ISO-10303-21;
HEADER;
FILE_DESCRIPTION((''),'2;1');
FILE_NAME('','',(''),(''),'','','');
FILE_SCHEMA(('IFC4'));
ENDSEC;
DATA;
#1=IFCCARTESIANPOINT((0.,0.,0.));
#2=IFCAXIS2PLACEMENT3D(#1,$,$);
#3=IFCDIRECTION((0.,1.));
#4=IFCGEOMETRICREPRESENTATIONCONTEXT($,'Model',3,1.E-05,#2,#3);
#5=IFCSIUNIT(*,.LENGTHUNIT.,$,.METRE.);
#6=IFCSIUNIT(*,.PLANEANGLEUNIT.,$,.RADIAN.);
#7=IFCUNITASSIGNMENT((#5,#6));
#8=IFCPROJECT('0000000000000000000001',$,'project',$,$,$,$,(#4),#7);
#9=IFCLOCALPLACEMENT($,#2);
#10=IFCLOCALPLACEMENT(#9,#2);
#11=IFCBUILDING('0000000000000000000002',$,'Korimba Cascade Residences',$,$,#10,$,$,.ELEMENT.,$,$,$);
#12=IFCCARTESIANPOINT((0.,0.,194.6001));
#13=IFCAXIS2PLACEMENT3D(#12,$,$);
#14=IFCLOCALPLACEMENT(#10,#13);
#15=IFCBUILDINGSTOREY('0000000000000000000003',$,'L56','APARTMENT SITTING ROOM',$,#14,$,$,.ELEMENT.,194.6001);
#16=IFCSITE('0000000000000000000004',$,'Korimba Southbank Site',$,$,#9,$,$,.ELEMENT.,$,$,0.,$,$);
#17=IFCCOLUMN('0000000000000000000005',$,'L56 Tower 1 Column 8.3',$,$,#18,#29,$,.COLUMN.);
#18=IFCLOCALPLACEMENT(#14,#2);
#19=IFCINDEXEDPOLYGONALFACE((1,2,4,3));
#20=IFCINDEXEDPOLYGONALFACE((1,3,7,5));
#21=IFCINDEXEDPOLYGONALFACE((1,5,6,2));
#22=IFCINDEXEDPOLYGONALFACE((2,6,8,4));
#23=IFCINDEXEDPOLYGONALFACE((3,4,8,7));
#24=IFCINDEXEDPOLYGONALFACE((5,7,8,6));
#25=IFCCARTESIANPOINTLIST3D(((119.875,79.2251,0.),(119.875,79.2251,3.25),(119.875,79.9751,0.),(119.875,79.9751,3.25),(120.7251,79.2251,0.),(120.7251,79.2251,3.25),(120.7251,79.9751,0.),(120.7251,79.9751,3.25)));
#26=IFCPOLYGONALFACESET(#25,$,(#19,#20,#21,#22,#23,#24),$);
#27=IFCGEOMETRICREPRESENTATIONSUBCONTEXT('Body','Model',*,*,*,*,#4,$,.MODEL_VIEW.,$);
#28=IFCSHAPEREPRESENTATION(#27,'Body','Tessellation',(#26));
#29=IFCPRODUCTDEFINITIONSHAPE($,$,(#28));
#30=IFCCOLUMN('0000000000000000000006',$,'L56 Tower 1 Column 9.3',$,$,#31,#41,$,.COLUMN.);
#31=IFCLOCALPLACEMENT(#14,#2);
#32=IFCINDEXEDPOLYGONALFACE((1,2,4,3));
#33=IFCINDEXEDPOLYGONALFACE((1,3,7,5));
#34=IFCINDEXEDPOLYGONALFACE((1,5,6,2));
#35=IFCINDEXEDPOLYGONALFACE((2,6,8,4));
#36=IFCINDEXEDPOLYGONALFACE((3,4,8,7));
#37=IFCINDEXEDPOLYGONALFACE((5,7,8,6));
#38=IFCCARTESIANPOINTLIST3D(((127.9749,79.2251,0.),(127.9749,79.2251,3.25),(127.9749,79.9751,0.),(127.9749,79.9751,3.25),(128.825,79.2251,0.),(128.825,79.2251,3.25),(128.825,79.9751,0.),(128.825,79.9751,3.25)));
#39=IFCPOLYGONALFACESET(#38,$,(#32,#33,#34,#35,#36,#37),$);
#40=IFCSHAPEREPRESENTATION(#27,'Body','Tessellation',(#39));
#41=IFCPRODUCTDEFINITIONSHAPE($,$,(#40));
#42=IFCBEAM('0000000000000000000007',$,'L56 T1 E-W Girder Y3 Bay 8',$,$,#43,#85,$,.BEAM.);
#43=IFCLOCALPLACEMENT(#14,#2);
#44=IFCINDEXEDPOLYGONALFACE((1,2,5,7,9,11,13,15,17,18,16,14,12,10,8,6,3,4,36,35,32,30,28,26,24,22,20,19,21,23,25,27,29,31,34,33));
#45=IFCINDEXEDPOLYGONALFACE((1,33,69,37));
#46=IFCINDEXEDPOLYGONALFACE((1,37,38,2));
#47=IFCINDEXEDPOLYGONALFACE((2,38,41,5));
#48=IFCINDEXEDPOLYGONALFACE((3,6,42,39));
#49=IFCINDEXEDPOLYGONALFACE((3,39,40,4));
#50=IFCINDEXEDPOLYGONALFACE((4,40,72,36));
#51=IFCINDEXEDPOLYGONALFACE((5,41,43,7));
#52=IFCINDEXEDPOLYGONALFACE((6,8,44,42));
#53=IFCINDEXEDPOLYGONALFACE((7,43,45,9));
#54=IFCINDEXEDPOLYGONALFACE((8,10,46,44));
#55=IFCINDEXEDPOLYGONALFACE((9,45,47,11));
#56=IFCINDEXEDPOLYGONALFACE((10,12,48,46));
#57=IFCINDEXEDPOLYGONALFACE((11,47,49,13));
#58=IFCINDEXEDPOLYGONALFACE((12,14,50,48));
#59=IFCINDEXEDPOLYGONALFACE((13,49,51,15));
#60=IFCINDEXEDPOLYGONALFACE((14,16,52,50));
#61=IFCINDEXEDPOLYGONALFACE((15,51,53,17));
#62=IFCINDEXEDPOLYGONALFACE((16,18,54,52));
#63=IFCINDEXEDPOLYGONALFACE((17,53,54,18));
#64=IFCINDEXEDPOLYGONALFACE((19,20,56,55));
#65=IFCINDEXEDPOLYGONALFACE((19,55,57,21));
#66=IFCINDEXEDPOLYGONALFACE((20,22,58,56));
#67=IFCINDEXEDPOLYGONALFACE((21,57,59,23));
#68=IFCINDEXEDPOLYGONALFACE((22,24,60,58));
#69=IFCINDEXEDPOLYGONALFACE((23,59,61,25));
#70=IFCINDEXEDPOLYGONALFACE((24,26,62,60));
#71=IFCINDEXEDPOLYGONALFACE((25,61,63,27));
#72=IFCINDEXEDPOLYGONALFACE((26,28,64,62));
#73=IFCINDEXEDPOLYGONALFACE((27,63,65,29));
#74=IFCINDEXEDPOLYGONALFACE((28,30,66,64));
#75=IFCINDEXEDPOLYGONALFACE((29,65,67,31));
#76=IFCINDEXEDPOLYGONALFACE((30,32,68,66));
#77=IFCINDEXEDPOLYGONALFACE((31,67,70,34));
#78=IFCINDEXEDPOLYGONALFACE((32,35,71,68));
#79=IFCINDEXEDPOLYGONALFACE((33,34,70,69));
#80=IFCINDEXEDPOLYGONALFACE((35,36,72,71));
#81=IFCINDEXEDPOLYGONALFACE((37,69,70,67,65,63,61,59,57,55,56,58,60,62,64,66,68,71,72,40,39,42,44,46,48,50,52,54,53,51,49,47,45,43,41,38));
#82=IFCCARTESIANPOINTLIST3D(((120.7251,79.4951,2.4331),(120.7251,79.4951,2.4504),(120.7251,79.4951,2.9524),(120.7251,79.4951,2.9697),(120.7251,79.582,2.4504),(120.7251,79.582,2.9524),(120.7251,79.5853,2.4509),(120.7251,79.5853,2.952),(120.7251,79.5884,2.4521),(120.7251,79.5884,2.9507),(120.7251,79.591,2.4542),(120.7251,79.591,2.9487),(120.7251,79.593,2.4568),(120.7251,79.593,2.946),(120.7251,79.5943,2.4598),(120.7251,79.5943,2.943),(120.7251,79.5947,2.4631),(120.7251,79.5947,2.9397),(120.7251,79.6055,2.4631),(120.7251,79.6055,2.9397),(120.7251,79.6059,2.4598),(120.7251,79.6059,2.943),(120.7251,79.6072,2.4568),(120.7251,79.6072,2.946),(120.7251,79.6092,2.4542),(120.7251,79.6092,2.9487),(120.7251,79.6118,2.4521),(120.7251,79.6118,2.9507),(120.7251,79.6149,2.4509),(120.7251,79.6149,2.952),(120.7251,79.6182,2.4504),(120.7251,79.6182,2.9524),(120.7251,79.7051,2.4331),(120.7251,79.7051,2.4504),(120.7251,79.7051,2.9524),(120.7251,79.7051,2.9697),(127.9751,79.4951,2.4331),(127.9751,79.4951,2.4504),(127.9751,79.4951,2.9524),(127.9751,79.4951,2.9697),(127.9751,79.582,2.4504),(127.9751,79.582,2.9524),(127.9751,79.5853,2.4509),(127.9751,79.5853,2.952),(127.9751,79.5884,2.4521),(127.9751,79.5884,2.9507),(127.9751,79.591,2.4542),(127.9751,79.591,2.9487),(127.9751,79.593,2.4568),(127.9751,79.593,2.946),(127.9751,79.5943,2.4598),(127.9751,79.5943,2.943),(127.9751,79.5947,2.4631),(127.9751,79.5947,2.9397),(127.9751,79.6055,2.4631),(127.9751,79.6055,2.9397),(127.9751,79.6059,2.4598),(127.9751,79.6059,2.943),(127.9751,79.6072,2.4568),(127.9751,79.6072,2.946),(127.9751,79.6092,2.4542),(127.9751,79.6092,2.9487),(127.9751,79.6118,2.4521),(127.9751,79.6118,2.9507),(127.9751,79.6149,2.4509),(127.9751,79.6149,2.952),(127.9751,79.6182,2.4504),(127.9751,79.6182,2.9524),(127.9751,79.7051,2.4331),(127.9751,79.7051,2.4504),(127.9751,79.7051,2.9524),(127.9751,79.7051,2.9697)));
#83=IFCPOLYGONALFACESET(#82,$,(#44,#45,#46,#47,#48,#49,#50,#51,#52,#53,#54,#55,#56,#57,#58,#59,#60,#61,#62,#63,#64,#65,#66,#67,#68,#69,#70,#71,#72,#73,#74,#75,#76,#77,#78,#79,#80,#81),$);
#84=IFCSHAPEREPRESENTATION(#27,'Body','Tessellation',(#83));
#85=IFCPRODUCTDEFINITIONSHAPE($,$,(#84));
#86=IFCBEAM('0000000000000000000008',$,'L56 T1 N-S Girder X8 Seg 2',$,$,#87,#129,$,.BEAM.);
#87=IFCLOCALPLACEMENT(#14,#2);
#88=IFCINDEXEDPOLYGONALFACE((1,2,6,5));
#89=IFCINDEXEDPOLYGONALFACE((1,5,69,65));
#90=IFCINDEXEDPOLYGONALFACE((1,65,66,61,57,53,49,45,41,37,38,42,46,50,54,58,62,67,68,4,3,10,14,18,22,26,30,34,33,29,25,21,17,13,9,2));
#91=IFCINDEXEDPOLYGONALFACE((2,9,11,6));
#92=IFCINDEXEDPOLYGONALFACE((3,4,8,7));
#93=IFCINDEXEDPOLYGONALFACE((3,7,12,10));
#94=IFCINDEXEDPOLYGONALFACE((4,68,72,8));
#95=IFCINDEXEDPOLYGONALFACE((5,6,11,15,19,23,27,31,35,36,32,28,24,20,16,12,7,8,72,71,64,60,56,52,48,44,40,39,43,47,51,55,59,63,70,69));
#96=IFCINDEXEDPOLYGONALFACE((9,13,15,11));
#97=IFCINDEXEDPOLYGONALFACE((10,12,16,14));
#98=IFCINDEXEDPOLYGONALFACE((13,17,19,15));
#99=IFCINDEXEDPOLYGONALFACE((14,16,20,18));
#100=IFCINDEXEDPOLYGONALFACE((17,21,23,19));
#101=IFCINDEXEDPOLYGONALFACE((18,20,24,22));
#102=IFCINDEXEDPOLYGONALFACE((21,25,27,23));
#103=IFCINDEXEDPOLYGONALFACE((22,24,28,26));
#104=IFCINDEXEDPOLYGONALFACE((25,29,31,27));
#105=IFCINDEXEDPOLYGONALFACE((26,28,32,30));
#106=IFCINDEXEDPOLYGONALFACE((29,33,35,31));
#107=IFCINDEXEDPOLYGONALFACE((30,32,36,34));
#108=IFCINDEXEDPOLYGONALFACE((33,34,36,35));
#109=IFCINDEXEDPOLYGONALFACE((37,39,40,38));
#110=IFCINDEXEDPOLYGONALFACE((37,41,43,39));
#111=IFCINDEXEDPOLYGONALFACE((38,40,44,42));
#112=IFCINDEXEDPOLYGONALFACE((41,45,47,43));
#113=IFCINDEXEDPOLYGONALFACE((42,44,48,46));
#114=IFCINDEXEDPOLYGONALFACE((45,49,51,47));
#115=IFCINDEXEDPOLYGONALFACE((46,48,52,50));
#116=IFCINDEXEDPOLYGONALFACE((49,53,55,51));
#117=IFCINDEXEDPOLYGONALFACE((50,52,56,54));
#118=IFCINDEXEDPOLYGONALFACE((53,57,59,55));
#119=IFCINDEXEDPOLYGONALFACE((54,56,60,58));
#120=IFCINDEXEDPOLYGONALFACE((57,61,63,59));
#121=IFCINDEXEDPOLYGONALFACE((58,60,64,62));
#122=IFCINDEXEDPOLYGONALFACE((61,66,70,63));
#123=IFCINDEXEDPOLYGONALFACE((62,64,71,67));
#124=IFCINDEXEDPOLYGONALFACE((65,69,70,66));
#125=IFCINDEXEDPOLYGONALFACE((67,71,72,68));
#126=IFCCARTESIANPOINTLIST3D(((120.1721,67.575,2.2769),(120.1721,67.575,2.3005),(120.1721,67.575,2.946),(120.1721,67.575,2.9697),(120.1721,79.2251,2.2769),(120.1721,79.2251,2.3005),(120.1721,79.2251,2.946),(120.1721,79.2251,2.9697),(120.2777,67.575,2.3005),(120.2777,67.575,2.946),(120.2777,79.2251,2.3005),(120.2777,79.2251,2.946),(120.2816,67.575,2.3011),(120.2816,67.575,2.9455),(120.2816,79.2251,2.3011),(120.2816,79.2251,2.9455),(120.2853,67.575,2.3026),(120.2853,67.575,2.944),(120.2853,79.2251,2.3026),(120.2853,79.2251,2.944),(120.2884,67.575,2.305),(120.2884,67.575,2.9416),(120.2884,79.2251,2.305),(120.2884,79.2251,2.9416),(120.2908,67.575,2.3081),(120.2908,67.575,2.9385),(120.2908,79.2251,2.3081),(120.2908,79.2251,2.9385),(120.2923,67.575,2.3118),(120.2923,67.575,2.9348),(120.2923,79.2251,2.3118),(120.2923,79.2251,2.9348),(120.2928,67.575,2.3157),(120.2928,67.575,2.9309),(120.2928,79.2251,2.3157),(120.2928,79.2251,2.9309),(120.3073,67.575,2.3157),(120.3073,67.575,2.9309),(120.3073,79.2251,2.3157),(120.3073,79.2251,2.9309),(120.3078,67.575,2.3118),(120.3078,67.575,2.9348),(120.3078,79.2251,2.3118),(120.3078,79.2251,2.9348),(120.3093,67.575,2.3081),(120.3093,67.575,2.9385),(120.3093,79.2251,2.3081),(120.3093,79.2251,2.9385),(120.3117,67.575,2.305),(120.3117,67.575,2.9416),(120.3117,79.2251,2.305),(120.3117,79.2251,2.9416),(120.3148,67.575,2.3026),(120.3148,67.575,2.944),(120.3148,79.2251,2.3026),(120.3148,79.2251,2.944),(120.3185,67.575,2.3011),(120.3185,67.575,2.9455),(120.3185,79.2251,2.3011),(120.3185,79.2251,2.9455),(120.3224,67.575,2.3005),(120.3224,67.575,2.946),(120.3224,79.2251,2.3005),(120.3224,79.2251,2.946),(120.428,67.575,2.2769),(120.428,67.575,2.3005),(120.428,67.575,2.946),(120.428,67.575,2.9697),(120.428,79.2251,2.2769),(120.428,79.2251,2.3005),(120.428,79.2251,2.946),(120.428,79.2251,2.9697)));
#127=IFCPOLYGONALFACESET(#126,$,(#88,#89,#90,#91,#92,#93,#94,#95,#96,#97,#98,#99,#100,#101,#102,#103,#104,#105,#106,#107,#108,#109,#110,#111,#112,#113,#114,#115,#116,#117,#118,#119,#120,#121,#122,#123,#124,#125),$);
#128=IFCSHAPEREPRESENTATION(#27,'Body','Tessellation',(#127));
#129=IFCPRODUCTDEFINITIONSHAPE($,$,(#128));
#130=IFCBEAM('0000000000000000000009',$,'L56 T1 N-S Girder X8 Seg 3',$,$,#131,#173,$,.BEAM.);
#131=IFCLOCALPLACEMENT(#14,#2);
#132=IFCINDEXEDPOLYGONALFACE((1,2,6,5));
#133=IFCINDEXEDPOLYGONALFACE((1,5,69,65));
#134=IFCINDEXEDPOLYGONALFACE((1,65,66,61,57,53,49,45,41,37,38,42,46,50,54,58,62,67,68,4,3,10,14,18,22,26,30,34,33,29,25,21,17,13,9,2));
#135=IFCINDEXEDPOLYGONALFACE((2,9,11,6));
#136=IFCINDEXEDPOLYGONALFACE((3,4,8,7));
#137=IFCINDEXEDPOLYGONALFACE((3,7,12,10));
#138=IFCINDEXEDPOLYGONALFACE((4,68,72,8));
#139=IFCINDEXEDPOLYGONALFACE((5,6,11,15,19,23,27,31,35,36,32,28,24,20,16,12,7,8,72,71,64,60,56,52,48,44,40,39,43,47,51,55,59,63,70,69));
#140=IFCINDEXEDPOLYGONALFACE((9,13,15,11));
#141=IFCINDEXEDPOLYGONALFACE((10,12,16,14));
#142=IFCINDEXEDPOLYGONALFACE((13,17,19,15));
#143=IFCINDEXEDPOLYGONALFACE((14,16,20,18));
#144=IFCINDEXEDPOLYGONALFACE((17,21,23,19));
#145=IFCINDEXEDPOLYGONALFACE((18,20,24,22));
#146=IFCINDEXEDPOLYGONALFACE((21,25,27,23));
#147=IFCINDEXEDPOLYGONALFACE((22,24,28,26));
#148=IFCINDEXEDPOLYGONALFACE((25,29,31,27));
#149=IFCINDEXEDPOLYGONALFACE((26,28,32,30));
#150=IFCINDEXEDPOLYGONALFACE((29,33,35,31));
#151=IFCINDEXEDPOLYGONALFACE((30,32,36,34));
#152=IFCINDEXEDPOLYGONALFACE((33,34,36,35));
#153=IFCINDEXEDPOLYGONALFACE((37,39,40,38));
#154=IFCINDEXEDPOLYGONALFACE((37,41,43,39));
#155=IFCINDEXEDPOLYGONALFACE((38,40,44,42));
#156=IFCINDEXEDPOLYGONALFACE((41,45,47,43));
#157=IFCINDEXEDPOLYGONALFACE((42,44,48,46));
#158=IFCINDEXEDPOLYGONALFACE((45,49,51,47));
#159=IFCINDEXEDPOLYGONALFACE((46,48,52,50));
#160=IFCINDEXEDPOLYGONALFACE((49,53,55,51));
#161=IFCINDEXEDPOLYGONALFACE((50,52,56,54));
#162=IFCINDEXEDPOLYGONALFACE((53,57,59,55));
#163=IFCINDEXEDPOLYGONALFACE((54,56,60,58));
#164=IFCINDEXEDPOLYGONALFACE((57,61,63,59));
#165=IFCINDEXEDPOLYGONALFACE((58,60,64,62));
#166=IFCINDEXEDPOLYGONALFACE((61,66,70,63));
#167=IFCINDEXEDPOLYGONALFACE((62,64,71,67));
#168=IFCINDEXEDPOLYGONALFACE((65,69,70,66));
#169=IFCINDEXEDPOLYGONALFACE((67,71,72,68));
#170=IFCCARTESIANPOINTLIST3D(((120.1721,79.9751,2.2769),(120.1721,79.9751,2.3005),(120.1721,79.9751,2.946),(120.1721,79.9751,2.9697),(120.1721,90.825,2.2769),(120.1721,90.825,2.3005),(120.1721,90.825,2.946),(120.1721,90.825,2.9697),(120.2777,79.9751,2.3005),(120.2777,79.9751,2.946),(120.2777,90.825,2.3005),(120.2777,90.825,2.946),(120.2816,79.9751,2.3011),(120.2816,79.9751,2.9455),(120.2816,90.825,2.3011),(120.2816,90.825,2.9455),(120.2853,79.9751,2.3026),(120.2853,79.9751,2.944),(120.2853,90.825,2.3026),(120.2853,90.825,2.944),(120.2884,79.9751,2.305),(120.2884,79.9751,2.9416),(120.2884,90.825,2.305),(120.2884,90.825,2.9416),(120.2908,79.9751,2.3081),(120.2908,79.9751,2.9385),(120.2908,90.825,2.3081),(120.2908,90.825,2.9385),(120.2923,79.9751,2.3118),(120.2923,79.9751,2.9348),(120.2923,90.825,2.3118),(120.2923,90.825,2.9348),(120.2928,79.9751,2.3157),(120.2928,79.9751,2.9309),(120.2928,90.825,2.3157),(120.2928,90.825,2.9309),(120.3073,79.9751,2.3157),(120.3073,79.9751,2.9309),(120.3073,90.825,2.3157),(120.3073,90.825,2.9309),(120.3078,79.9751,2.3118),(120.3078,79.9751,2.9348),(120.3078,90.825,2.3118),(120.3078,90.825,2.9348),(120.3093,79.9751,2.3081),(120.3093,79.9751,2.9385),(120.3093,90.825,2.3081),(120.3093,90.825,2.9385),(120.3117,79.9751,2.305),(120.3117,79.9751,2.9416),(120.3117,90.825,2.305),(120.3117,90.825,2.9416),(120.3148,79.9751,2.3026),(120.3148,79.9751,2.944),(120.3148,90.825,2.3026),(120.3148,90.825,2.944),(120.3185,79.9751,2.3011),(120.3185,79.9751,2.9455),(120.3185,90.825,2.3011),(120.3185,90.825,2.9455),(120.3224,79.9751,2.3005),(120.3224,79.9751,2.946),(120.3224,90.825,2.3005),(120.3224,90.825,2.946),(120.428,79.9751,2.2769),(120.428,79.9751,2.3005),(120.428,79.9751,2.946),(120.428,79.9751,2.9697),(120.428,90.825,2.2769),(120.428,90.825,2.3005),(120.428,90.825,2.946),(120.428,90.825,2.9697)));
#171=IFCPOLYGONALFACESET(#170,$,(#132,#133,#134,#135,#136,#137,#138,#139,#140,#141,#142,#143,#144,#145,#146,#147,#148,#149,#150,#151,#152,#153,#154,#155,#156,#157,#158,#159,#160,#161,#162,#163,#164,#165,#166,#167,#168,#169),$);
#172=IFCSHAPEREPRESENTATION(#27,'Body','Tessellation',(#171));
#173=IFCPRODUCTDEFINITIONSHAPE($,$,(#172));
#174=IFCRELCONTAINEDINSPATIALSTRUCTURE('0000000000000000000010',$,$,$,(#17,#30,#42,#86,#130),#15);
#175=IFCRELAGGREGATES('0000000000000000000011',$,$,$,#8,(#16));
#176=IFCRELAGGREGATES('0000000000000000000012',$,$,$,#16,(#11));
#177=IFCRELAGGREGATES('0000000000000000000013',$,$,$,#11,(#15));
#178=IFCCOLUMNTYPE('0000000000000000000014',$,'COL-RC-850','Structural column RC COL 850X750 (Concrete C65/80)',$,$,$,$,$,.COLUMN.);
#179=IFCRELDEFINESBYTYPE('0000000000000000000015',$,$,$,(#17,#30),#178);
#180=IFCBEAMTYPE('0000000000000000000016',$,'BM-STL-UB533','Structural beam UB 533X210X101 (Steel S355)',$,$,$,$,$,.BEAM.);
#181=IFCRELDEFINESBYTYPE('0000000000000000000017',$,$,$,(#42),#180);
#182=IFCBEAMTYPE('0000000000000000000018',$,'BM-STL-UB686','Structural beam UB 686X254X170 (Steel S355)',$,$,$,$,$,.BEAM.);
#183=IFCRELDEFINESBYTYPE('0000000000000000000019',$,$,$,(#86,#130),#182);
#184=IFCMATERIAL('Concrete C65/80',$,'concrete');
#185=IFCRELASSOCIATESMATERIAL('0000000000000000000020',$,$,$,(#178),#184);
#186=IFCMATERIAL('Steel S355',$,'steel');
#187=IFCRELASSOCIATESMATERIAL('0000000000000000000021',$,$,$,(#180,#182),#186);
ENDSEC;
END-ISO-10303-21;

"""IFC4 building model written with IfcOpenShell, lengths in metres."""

from ifc_helpers import new_model, si_unit, direction, frame, origin, origin_2d, place, context, subcontext, project, spatial, rectangle, i_section, extrude, material, material_profile, profile_set, type_object, element, save


model = new_model("IFC4")

# Units and contexts
model_context = context("Model", 3, precision=1e-05, world=origin(), true_north=direction((0.0, 1.0)))
body_context = subcontext(model_context, "Body", "Model", "MODEL_VIEW")
ifc_project = project(units=[si_unit("LENGTHUNIT", "METRE"), si_unit("PLANEANGLEUNIT", "RADIAN")], contexts=[model_context])

# Site, building, storey
site_placement = place(None, origin())
site = spatial("IfcSite", under=ifc_project, at=site_placement, Name="Korimba Southbank Site", CompositionType="ELEMENT", RefElevation=0.0)
building_placement = place(site_placement, origin())
building = spatial("IfcBuilding", under=site, at=building_placement, Name="Korimba Cascade Residences", CompositionType="ELEMENT")
storey_placement = place(building_placement, frame((0.0, 0.0, 194.6001)))
storey = spatial("IfcBuildingStorey", under=building, at=storey_placement, Name="L56", Description="APARTMENT SITTING ROOM", CompositionType="ELEMENT", Elevation=194.6001)

# Columns
ifc_material_1 = material(Name="Concrete C65/80", Category="concrete")
ifc_material_profile_1 = material_profile(ifc_material_1, rectangle(XDim=0.8501, YDim=0.75, at=origin_2d()), Name="Concrete C65/80")
ifc_profile_set_1 = profile_set([ifc_material_profile_1], Name="Concrete C65/80")
column_type = type_object("IfcColumnType", Name="COL-RC-850", Description="Structural column RC COL 850X750 (Concrete C65/80)", PredefinedType="COLUMN", material=ifc_profile_set_1)
for number, where, z_axis, x_axis, name in (
    (1, (120.3, 79.6001, 0.0), (0.0, 0.0, 1.0), (1.0, 0.0, 0.0), "L56 Tower 1 Column 8.3"),
    (2, (128.3999, 79.6001, 0.0), (0.0, 0.0, 1.0), (1.0, 0.0, 0.0), "L56 Tower 1 Column 9.3"),
):
    element("IfcColumn", number, at=place(storey_placement, frame(where, z_axis=z_axis, x_axis=x_axis)), inside=storey, type_object=column_type, Name=name, PredefinedType="COLUMN", context=body_context, shape_type="SweptSolid", body=[
        extrude(rectangle(XDim=0.8501, YDim=0.75, at=origin_2d()), origin(), (0.0, 0.0, 1.0), 3.25),
    ])

# Beams
ifc_material_2 = material(Name="Steel S355", Category="steel")
ifc_material_profile_2 = material_profile(ifc_material_2, i_section(OverallWidth=0.21, OverallDepth=0.5366, WebThickness=0.0107, FlangeThickness=0.0173, FilletRadius=0.0127, at=origin_2d()), Name="Steel S355")
ifc_profile_set_2 = profile_set([ifc_material_profile_2], Name="Steel S355")
beam_type_1 = type_object("IfcBeamType", Name="BM-STL-UB533", Description="Structural beam UB 533X210X101 (Steel S355)", PredefinedType="BEAM", material=ifc_profile_set_2)
beam_1_placement = place(storey_placement, frame((120.7251, 79.6001, 2.7014), z_axis=(1.0, 0.0, 0.0), x_axis=(0.0, 1.0, 0.0)))
element("IfcBeam", 3, at=beam_1_placement, inside=storey, type_object=beam_type_1, Name="L56 T1 E-W Girder Y3 Bay 8", PredefinedType="BEAM", context=body_context, shape_type="SweptSolid", body=[
    extrude(i_section(OverallWidth=0.21, OverallDepth=0.5366, WebThickness=0.0107, FlangeThickness=0.0173, FilletRadius=0.0127, at=origin_2d()), origin(), (0.0, 0.0, 1.0), 7.25),
])
ifc_material_profile_3 = material_profile(ifc_material_2, i_section(OverallWidth=0.2559, OverallDepth=0.6929, WebThickness=0.0144, FlangeThickness=0.0237, FilletRadius=0.0151, at=origin_2d()), Name="Steel S355")
ifc_profile_set_3 = profile_set([ifc_material_profile_3], Name="Steel S355")
beam_type_2 = type_object("IfcBeamType", Name="BM-STL-UB686", Description="Structural beam UB 686X254X170 (Steel S355)", PredefinedType="BEAM", material=ifc_profile_set_3)
beam_2_placement = place(storey_placement, frame((120.3, 67.575, 2.6233), z_axis=(0.0, 1.0, 0.0), x_axis=(-1.0, 0.0, 0.0)))
element("IfcBeam", 4, at=beam_2_placement, inside=storey, type_object=beam_type_2, Name="L56 T1 N-S Girder X8 Seg 2", PredefinedType="BEAM", context=body_context, shape_type="SweptSolid", body=[
    extrude(i_section(OverallWidth=0.2559, OverallDepth=0.6929, WebThickness=0.0144, FlangeThickness=0.0237, FilletRadius=0.0151, at=origin_2d()), origin(), (0.0, 0.0, 1.0), 11.6501),
])
beam_3_placement = place(storey_placement, frame((120.3, 79.9751, 2.6233), z_axis=(0.0, 1.0, 0.0), x_axis=(-1.0, 0.0, 0.0)))
element("IfcBeam", 5, at=beam_3_placement, inside=storey, type_object=beam_type_2, Name="L56 T1 N-S Girder X8 Seg 3", PredefinedType="BEAM", context=body_context, shape_type="SweptSolid", body=[
    extrude(i_section(OverallWidth=0.2559, OverallDepth=0.6929, WebThickness=0.0144, FlangeThickness=0.0237, FilletRadius=0.0151, at=origin_2d()), origin(), (0.0, 0.0, 1.0), 10.8499),
])

save(model, "model.ifc")
